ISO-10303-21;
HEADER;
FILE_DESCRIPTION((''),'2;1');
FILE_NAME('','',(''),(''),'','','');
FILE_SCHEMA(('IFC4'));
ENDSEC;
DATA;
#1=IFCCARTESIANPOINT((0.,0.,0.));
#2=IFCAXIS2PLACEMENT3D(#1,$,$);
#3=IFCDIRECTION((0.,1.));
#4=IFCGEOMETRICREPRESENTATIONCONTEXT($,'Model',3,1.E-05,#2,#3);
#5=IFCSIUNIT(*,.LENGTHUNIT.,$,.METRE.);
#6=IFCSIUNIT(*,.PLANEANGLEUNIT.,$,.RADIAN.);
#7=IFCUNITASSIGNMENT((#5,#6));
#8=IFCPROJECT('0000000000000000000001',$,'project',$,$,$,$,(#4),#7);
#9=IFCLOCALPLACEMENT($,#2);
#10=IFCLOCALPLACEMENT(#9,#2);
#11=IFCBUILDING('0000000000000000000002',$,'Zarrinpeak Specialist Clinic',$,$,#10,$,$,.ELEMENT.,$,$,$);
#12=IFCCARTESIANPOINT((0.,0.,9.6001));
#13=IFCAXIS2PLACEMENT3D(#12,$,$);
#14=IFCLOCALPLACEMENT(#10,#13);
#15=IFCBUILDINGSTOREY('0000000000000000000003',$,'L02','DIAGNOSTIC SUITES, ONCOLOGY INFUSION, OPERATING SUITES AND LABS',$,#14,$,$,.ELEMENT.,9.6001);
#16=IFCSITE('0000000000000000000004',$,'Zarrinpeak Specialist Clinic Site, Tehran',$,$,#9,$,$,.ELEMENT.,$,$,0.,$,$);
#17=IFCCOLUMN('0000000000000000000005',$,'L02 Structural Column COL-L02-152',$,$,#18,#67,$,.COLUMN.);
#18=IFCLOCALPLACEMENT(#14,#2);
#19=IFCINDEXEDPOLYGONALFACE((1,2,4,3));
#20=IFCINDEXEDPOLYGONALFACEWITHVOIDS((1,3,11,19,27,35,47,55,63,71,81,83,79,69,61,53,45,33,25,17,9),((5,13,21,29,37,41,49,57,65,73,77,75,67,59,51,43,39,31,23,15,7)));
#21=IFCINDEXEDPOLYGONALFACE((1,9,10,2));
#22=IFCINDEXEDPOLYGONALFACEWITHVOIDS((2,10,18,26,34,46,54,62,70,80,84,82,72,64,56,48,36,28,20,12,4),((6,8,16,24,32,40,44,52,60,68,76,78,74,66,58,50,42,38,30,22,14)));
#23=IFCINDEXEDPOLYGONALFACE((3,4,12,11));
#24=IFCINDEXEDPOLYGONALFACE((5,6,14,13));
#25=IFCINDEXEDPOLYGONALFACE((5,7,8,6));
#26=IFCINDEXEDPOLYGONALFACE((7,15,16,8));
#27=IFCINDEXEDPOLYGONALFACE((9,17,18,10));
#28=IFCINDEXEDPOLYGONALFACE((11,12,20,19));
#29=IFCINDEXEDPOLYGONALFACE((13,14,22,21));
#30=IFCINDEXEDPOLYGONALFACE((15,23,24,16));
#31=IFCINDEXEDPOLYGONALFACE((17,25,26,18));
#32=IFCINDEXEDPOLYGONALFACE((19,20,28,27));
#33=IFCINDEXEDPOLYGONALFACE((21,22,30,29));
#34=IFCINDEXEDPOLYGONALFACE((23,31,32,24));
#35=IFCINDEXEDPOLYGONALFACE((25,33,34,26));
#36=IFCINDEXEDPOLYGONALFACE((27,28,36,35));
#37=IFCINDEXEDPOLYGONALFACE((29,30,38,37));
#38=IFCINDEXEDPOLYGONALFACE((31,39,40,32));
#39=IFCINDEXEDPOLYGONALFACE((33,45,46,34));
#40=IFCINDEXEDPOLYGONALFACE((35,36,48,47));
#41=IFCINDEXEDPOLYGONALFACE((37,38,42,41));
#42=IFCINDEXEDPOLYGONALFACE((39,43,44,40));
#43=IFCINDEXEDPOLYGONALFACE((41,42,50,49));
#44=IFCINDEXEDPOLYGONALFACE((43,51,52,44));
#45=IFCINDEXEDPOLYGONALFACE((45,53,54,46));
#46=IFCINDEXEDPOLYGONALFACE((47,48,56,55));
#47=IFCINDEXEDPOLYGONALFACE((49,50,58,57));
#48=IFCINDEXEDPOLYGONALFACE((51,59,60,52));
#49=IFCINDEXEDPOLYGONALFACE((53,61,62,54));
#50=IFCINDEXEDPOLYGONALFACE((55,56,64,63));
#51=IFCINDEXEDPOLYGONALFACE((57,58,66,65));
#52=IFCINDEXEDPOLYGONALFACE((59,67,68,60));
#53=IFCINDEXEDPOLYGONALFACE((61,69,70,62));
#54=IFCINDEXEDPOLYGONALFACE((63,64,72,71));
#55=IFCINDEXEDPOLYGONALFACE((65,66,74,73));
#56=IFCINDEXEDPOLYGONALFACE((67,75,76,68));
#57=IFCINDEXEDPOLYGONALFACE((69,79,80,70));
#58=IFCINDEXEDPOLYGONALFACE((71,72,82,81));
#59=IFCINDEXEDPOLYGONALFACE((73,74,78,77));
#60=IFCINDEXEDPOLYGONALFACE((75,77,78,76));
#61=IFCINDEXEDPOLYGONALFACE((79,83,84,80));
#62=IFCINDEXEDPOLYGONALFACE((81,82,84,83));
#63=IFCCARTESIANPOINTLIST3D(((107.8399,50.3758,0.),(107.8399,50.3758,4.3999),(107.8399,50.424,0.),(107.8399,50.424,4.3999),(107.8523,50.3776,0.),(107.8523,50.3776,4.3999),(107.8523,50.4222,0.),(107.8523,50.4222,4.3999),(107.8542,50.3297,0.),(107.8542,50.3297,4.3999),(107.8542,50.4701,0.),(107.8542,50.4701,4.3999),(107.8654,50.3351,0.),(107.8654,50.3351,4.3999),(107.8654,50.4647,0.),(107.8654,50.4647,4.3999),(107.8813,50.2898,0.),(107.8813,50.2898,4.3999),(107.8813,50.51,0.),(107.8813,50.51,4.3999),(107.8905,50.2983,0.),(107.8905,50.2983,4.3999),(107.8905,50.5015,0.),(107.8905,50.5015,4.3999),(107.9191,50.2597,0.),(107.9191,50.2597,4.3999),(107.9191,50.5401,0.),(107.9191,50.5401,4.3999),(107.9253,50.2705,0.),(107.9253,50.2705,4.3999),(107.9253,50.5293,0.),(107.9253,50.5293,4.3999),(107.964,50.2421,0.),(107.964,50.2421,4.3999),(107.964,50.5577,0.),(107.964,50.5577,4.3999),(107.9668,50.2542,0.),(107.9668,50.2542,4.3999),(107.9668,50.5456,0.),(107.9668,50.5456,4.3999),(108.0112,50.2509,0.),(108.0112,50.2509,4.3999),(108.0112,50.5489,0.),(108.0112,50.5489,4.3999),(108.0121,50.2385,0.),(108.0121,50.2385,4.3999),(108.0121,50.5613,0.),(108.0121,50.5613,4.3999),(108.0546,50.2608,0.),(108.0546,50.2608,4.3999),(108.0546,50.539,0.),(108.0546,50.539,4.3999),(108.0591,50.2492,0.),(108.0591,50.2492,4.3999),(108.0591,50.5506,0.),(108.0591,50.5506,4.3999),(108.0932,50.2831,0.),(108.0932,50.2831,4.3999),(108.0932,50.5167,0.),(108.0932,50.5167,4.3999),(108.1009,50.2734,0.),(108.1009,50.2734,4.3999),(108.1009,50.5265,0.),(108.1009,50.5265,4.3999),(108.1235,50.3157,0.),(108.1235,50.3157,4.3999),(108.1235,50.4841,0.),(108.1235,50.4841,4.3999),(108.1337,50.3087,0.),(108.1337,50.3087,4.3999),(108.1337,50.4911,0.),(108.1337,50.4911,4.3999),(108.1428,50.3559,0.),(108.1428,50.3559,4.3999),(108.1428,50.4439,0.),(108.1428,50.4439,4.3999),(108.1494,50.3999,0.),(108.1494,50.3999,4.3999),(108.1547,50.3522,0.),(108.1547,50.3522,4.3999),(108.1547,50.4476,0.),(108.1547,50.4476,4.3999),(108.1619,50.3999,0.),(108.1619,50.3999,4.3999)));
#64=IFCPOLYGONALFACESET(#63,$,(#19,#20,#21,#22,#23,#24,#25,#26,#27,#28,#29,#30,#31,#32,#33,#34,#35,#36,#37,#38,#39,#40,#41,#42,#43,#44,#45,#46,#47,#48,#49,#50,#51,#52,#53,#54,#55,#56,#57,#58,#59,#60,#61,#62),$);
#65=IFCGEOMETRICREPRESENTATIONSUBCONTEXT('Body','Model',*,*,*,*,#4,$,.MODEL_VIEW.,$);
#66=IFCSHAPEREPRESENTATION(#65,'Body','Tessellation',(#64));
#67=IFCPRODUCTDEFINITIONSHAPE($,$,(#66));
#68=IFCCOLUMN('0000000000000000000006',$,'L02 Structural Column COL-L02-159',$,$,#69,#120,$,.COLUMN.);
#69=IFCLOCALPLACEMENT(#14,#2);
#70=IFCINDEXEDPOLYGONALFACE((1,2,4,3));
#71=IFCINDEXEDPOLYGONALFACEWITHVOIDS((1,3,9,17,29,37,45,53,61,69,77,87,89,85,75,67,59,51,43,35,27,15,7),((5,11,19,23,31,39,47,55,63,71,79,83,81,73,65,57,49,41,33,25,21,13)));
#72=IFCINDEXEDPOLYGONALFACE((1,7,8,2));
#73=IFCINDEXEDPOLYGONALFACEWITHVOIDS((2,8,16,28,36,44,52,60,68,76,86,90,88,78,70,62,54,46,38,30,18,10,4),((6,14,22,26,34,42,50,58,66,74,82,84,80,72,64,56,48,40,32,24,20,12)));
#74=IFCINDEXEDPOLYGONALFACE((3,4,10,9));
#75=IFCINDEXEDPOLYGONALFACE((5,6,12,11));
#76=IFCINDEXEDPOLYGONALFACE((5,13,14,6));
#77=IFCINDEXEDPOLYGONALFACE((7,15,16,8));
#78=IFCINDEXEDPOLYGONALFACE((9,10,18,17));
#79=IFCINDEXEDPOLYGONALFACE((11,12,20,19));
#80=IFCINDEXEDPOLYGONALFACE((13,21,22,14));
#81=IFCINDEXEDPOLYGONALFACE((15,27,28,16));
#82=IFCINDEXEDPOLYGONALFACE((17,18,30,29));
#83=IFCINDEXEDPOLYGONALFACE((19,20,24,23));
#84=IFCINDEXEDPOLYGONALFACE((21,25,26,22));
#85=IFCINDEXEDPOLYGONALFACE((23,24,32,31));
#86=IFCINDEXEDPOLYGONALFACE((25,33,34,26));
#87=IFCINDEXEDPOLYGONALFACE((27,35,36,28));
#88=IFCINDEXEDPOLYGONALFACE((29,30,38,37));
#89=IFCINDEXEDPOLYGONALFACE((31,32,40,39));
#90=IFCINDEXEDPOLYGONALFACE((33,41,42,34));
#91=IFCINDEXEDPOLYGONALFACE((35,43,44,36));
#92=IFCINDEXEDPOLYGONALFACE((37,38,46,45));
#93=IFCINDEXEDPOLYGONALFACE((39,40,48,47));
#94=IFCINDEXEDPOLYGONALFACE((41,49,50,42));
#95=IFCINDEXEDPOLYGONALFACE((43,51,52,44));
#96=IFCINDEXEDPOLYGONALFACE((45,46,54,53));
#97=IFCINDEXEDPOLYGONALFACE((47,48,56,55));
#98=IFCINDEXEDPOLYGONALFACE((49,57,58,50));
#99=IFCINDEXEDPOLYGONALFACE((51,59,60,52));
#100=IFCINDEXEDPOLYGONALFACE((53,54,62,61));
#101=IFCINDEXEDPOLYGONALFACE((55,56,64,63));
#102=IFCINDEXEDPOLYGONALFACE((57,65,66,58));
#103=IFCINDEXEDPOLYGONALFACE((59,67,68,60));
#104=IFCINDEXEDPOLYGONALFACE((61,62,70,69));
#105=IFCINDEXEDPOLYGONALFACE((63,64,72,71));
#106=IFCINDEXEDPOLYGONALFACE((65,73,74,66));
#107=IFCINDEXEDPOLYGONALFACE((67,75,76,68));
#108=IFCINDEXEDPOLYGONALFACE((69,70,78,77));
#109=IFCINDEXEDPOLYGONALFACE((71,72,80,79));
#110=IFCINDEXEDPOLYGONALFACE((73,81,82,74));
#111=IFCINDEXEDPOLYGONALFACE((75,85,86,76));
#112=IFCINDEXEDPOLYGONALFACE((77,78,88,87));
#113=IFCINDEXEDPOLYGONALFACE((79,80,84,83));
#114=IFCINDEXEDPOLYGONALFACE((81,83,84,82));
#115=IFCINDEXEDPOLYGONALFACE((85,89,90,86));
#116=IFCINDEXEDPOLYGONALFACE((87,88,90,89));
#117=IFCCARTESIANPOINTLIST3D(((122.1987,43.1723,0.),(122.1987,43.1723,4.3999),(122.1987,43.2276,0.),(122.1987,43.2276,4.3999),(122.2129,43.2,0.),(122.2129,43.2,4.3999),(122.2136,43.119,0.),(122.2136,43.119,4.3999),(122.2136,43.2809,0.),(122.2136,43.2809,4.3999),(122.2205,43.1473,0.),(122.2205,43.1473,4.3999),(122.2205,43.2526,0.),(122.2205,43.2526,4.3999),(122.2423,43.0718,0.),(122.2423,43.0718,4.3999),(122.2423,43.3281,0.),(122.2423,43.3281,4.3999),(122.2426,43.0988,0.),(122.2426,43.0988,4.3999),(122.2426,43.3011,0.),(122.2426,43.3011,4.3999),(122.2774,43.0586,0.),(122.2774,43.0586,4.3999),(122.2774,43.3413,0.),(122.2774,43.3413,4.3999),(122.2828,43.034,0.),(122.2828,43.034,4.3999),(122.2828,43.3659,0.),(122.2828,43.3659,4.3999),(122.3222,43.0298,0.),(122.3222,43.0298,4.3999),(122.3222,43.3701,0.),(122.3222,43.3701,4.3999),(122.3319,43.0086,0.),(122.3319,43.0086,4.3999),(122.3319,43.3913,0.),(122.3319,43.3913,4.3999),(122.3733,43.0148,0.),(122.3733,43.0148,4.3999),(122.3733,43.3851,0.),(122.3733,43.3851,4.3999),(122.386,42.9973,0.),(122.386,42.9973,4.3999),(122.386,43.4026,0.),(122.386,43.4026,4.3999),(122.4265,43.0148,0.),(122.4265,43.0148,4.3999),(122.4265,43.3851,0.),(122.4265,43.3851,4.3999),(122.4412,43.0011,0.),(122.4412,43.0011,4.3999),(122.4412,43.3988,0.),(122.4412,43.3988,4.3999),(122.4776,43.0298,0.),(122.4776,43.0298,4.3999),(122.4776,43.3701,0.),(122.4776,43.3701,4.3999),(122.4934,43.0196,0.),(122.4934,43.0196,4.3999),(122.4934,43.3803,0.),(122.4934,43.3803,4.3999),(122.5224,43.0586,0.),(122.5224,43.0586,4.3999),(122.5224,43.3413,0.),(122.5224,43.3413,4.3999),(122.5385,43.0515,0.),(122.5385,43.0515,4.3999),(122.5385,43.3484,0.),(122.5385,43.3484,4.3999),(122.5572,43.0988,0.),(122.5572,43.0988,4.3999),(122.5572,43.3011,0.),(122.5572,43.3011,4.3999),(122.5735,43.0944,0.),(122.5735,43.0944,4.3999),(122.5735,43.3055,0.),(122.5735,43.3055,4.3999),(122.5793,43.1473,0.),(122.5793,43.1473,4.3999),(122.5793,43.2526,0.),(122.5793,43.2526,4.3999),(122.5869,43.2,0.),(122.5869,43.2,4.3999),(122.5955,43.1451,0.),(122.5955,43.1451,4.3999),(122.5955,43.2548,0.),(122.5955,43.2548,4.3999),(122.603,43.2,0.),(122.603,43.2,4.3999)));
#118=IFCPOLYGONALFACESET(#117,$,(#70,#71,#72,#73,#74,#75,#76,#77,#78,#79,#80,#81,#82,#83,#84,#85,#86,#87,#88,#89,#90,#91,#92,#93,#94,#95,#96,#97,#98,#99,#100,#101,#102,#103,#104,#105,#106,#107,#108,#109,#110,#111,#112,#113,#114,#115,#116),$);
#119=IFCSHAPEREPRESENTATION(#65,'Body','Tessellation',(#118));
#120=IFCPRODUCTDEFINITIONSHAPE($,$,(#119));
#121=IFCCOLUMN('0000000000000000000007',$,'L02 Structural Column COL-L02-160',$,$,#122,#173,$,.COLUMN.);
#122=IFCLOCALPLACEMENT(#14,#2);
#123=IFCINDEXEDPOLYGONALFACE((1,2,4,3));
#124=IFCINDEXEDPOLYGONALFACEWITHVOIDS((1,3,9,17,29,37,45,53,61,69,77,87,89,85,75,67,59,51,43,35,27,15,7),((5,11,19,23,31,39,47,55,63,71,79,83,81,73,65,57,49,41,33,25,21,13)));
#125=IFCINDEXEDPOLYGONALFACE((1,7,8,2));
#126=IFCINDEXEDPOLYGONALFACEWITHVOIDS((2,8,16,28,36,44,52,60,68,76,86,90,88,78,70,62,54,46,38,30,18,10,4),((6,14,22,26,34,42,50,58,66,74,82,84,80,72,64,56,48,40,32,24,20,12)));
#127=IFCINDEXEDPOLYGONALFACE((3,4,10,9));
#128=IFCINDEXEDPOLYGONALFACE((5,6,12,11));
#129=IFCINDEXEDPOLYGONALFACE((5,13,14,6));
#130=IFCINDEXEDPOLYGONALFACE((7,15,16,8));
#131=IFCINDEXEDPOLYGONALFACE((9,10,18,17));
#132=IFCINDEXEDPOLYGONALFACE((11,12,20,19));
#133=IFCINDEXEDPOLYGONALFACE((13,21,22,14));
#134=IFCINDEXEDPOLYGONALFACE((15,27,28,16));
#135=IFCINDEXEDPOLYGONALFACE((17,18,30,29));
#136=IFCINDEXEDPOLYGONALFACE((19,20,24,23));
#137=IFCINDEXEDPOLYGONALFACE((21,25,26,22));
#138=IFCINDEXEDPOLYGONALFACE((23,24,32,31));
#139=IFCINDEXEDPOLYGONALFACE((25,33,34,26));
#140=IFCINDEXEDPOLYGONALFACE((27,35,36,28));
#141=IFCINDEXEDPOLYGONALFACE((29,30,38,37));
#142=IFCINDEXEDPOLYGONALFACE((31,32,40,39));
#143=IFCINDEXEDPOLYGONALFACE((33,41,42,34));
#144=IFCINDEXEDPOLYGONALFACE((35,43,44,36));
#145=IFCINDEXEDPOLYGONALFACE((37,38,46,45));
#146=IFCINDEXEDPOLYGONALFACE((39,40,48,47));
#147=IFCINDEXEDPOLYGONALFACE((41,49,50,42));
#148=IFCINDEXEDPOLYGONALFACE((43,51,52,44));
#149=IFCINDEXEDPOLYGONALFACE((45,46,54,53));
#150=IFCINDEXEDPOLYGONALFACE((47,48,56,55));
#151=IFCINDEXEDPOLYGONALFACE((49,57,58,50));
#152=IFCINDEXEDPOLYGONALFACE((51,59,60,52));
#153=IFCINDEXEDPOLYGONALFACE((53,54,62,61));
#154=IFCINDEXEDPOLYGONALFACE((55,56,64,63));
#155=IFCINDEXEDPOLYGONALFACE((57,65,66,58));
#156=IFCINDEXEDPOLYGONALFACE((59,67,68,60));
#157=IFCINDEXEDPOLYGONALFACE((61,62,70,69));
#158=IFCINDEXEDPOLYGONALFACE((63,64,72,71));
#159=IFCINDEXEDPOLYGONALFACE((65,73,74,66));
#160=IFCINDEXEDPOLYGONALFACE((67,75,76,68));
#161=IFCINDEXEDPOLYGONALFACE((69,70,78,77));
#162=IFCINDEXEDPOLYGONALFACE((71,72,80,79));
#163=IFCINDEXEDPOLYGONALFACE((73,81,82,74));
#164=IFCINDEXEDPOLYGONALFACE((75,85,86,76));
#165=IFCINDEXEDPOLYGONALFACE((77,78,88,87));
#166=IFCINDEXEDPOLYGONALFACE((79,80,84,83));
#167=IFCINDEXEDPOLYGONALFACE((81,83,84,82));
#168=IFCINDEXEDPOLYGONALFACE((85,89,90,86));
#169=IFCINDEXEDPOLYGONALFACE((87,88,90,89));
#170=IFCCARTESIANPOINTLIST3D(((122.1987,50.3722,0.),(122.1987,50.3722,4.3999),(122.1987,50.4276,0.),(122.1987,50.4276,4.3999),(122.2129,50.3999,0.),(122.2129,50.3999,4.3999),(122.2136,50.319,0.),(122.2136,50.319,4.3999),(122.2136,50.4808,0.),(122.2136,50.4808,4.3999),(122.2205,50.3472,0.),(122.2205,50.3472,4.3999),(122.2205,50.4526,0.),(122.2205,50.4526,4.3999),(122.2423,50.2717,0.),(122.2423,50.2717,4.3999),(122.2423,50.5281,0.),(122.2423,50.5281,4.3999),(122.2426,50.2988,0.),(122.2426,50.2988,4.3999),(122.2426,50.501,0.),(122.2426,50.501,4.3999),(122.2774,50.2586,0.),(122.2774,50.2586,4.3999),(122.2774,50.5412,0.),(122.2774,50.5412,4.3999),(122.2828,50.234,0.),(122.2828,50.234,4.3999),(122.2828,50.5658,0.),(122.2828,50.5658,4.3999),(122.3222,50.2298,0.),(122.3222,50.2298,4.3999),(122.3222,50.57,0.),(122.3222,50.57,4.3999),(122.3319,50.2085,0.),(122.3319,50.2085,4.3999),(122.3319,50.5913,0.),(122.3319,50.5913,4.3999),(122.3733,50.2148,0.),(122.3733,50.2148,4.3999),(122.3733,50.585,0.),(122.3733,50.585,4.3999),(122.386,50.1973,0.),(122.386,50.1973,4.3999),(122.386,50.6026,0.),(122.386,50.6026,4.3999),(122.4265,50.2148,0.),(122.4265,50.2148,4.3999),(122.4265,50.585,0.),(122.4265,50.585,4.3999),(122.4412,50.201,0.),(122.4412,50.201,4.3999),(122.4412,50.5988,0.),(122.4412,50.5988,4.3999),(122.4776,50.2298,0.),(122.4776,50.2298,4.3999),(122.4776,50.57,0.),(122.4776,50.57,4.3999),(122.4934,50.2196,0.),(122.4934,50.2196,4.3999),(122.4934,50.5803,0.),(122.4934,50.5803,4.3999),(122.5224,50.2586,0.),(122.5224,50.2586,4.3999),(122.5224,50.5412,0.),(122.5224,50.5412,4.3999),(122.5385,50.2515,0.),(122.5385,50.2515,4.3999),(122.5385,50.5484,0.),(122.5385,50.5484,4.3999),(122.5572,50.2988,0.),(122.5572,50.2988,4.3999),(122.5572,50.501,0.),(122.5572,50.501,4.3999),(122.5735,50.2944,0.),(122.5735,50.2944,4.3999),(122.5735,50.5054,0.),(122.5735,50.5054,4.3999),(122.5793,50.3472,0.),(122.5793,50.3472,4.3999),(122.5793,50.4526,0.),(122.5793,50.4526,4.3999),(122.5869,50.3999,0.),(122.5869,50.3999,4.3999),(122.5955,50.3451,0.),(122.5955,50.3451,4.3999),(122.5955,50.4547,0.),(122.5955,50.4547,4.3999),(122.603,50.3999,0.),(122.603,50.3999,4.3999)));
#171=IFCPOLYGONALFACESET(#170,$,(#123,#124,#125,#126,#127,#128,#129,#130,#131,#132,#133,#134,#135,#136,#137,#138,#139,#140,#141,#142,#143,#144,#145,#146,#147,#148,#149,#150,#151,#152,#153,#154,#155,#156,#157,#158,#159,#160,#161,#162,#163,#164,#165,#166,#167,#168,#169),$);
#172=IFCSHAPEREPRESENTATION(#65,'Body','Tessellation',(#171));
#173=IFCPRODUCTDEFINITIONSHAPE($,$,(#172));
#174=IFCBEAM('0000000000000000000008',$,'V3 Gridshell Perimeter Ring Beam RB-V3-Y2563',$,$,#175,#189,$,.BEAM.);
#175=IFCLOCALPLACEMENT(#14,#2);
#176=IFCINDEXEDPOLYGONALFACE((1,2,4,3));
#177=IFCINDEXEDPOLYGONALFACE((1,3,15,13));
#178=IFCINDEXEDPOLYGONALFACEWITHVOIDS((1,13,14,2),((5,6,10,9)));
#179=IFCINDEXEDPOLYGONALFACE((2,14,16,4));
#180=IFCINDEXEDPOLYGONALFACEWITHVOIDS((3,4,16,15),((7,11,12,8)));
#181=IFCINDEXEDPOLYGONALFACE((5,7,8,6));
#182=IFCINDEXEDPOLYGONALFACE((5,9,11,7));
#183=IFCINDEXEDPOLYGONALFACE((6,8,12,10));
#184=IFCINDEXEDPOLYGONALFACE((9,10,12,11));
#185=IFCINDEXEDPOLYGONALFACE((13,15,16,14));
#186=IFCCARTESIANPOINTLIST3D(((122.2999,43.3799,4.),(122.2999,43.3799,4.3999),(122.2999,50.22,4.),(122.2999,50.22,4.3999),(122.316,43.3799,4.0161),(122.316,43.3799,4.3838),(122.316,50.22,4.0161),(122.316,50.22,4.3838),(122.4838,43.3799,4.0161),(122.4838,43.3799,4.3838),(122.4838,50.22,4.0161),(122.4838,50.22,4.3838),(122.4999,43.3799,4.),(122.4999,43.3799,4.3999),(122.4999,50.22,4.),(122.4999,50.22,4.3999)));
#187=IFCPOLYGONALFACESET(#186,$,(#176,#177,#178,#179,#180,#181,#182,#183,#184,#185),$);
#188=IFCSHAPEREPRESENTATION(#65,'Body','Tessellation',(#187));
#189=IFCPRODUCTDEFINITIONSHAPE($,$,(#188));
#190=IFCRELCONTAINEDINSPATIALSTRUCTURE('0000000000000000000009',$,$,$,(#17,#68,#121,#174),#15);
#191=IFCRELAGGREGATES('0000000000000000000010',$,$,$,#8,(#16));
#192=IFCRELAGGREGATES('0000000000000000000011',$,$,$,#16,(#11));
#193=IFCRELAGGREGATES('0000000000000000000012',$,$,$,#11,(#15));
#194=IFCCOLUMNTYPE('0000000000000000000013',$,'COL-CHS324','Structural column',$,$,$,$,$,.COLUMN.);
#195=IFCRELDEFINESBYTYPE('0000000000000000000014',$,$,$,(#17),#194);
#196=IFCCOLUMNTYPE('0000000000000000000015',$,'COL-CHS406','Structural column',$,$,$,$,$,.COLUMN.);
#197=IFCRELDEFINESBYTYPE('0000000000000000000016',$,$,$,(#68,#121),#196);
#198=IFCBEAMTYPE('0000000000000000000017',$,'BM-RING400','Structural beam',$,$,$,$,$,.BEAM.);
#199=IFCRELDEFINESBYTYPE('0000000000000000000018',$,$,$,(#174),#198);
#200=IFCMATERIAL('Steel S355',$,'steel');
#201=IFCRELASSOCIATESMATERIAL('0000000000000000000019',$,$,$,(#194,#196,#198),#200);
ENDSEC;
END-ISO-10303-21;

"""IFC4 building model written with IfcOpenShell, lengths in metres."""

from ifc_helpers import new_model, si_unit, direction, frame, origin, origin_2d, place, context, subcontext, project, spatial, hollow_rectangle, hollow_circle, extrude, material, material_profile, profile_set, type_object, element, save


model = new_model("IFC4")

# Units and contexts
model_context = context("Model", 3, precision=1e-05, world=origin(), true_north=direction((0.0, 1.0)))
body_context = subcontext(model_context, "Body", "Model", "MODEL_VIEW")
ifc_project = project(units=[si_unit("LENGTHUNIT", "METRE"), si_unit("PLANEANGLEUNIT", "RADIAN")], contexts=[model_context])

# Site, building, storey
site_placement = place(None, origin())
site = spatial("IfcSite", under=ifc_project, at=site_placement, Name="Zarrinpeak Specialist Clinic Site, Tehran", CompositionType="ELEMENT", RefElevation=0.0)
building_placement = place(site_placement, origin())
building = spatial("IfcBuilding", under=site, at=building_placement, Name="Zarrinpeak Specialist Clinic", CompositionType="ELEMENT")
storey_placement = place(building_placement, frame((0.0, 0.0, 9.6001)))
storey = spatial("IfcBuildingStorey", under=building, at=storey_placement, Name="L02", Description="DIAGNOSTIC SUITES, ONCOLOGY INFUSION, OPERATING SUITES AND LABS", CompositionType="ELEMENT", Elevation=9.6001)

# Columns
ifc_material_1 = material(Name="Steel S355", Category="steel")
ifc_material_profile_1 = material_profile(ifc_material_1, hollow_circle(Radius=0.1619, WallThickness=0.0125, at=origin_2d()), Name="CHS 323.9x12.5")
ifc_profile_set_1 = profile_set([ifc_material_profile_1], Name="Steel S355")
column_type_1 = type_object("IfcColumnType", Name="COL-CHS324", Description="Structural column", PredefinedType="COLUMN", material=ifc_profile_set_1)
column_placement = place(storey_placement, frame((108.0, 50.3999, 0.0), z_axis=(0.0, 0.0, 1.0), x_axis=(1.0, 0.0, 0.0)))
element("IfcColumn", 1, at=column_placement, inside=storey, type_object=column_type_1, Name="L02 Structural Column COL-L02-152", PredefinedType="COLUMN", context=body_context, shape_type="SweptSolid", body=[
    extrude(hollow_circle(Radius=0.1619, WallThickness=0.0125, at=origin_2d()), origin(), (0.0, 0.0, 1.0), 4.3999),
])
ifc_material_profile_2 = material_profile(ifc_material_1, hollow_circle(Radius=0.2031, WallThickness=0.0161, at=origin_2d()), Name="CHS 406.4x16.0")
ifc_profile_set_2 = profile_set([ifc_material_profile_2], Name="Steel S355")
column_type_2 = type_object("IfcColumnType", Name="COL-CHS406", Description="Structural column", PredefinedType="COLUMN", material=ifc_profile_set_2)
for number, where, z_axis, x_axis, name in (
    (2, (122.3999, 43.2, 0.0), (0.0, 0.0, 1.0), (1.0, 0.0, 0.0), "L02 Structural Column COL-L02-159"),
    (3, (122.3999, 50.3999, 0.0), (0.0, 0.0, 1.0), (1.0, 0.0, 0.0), "L02 Structural Column COL-L02-160"),
):
    element("IfcColumn", number, at=place(storey_placement, frame(where, z_axis=z_axis, x_axis=x_axis)), inside=storey, type_object=column_type_2, Name=name, PredefinedType="COLUMN", context=body_context, shape_type="SweptSolid", body=[
        extrude(hollow_circle(Radius=0.2031, WallThickness=0.0161, at=origin_2d()), origin(), (0.0, 0.0, 1.0), 4.3999),
    ])

# Beam
ifc_material_profile_3 = material_profile(ifc_material_1, hollow_rectangle(XDim=0.2, YDim=0.3999, WallThickness=0.0161, at=origin_2d()), Name="RHS 400x200x16.0")
ifc_profile_set_3 = profile_set([ifc_material_profile_3], Name="Steel S355")
beam_type_1 = type_object("IfcBeamType", Name="BM-RING400", Description="Structural beam", PredefinedType="BEAM", material=ifc_profile_set_3)
beam_1_placement = place(storey_placement, frame((122.3999, 43.3799, 4.2), z_axis=(0.0, 1.0, 0.0), x_axis=(-1.0, 0.0, 0.0)))
element("IfcBeam", 4, at=beam_1_placement, inside=storey, type_object=beam_type_1, Name="V3 Gridshell Perimeter Ring Beam RB-V3-Y2563", PredefinedType="BEAM", context=body_context, shape_type="SweptSolid", body=[
    extrude(hollow_rectangle(XDim=0.2, YDim=0.3999, WallThickness=0.0161, at=origin_2d()), origin(), (0.0, 0.0, 1.0), 6.8401),
])

save(model, "model.ifc")
